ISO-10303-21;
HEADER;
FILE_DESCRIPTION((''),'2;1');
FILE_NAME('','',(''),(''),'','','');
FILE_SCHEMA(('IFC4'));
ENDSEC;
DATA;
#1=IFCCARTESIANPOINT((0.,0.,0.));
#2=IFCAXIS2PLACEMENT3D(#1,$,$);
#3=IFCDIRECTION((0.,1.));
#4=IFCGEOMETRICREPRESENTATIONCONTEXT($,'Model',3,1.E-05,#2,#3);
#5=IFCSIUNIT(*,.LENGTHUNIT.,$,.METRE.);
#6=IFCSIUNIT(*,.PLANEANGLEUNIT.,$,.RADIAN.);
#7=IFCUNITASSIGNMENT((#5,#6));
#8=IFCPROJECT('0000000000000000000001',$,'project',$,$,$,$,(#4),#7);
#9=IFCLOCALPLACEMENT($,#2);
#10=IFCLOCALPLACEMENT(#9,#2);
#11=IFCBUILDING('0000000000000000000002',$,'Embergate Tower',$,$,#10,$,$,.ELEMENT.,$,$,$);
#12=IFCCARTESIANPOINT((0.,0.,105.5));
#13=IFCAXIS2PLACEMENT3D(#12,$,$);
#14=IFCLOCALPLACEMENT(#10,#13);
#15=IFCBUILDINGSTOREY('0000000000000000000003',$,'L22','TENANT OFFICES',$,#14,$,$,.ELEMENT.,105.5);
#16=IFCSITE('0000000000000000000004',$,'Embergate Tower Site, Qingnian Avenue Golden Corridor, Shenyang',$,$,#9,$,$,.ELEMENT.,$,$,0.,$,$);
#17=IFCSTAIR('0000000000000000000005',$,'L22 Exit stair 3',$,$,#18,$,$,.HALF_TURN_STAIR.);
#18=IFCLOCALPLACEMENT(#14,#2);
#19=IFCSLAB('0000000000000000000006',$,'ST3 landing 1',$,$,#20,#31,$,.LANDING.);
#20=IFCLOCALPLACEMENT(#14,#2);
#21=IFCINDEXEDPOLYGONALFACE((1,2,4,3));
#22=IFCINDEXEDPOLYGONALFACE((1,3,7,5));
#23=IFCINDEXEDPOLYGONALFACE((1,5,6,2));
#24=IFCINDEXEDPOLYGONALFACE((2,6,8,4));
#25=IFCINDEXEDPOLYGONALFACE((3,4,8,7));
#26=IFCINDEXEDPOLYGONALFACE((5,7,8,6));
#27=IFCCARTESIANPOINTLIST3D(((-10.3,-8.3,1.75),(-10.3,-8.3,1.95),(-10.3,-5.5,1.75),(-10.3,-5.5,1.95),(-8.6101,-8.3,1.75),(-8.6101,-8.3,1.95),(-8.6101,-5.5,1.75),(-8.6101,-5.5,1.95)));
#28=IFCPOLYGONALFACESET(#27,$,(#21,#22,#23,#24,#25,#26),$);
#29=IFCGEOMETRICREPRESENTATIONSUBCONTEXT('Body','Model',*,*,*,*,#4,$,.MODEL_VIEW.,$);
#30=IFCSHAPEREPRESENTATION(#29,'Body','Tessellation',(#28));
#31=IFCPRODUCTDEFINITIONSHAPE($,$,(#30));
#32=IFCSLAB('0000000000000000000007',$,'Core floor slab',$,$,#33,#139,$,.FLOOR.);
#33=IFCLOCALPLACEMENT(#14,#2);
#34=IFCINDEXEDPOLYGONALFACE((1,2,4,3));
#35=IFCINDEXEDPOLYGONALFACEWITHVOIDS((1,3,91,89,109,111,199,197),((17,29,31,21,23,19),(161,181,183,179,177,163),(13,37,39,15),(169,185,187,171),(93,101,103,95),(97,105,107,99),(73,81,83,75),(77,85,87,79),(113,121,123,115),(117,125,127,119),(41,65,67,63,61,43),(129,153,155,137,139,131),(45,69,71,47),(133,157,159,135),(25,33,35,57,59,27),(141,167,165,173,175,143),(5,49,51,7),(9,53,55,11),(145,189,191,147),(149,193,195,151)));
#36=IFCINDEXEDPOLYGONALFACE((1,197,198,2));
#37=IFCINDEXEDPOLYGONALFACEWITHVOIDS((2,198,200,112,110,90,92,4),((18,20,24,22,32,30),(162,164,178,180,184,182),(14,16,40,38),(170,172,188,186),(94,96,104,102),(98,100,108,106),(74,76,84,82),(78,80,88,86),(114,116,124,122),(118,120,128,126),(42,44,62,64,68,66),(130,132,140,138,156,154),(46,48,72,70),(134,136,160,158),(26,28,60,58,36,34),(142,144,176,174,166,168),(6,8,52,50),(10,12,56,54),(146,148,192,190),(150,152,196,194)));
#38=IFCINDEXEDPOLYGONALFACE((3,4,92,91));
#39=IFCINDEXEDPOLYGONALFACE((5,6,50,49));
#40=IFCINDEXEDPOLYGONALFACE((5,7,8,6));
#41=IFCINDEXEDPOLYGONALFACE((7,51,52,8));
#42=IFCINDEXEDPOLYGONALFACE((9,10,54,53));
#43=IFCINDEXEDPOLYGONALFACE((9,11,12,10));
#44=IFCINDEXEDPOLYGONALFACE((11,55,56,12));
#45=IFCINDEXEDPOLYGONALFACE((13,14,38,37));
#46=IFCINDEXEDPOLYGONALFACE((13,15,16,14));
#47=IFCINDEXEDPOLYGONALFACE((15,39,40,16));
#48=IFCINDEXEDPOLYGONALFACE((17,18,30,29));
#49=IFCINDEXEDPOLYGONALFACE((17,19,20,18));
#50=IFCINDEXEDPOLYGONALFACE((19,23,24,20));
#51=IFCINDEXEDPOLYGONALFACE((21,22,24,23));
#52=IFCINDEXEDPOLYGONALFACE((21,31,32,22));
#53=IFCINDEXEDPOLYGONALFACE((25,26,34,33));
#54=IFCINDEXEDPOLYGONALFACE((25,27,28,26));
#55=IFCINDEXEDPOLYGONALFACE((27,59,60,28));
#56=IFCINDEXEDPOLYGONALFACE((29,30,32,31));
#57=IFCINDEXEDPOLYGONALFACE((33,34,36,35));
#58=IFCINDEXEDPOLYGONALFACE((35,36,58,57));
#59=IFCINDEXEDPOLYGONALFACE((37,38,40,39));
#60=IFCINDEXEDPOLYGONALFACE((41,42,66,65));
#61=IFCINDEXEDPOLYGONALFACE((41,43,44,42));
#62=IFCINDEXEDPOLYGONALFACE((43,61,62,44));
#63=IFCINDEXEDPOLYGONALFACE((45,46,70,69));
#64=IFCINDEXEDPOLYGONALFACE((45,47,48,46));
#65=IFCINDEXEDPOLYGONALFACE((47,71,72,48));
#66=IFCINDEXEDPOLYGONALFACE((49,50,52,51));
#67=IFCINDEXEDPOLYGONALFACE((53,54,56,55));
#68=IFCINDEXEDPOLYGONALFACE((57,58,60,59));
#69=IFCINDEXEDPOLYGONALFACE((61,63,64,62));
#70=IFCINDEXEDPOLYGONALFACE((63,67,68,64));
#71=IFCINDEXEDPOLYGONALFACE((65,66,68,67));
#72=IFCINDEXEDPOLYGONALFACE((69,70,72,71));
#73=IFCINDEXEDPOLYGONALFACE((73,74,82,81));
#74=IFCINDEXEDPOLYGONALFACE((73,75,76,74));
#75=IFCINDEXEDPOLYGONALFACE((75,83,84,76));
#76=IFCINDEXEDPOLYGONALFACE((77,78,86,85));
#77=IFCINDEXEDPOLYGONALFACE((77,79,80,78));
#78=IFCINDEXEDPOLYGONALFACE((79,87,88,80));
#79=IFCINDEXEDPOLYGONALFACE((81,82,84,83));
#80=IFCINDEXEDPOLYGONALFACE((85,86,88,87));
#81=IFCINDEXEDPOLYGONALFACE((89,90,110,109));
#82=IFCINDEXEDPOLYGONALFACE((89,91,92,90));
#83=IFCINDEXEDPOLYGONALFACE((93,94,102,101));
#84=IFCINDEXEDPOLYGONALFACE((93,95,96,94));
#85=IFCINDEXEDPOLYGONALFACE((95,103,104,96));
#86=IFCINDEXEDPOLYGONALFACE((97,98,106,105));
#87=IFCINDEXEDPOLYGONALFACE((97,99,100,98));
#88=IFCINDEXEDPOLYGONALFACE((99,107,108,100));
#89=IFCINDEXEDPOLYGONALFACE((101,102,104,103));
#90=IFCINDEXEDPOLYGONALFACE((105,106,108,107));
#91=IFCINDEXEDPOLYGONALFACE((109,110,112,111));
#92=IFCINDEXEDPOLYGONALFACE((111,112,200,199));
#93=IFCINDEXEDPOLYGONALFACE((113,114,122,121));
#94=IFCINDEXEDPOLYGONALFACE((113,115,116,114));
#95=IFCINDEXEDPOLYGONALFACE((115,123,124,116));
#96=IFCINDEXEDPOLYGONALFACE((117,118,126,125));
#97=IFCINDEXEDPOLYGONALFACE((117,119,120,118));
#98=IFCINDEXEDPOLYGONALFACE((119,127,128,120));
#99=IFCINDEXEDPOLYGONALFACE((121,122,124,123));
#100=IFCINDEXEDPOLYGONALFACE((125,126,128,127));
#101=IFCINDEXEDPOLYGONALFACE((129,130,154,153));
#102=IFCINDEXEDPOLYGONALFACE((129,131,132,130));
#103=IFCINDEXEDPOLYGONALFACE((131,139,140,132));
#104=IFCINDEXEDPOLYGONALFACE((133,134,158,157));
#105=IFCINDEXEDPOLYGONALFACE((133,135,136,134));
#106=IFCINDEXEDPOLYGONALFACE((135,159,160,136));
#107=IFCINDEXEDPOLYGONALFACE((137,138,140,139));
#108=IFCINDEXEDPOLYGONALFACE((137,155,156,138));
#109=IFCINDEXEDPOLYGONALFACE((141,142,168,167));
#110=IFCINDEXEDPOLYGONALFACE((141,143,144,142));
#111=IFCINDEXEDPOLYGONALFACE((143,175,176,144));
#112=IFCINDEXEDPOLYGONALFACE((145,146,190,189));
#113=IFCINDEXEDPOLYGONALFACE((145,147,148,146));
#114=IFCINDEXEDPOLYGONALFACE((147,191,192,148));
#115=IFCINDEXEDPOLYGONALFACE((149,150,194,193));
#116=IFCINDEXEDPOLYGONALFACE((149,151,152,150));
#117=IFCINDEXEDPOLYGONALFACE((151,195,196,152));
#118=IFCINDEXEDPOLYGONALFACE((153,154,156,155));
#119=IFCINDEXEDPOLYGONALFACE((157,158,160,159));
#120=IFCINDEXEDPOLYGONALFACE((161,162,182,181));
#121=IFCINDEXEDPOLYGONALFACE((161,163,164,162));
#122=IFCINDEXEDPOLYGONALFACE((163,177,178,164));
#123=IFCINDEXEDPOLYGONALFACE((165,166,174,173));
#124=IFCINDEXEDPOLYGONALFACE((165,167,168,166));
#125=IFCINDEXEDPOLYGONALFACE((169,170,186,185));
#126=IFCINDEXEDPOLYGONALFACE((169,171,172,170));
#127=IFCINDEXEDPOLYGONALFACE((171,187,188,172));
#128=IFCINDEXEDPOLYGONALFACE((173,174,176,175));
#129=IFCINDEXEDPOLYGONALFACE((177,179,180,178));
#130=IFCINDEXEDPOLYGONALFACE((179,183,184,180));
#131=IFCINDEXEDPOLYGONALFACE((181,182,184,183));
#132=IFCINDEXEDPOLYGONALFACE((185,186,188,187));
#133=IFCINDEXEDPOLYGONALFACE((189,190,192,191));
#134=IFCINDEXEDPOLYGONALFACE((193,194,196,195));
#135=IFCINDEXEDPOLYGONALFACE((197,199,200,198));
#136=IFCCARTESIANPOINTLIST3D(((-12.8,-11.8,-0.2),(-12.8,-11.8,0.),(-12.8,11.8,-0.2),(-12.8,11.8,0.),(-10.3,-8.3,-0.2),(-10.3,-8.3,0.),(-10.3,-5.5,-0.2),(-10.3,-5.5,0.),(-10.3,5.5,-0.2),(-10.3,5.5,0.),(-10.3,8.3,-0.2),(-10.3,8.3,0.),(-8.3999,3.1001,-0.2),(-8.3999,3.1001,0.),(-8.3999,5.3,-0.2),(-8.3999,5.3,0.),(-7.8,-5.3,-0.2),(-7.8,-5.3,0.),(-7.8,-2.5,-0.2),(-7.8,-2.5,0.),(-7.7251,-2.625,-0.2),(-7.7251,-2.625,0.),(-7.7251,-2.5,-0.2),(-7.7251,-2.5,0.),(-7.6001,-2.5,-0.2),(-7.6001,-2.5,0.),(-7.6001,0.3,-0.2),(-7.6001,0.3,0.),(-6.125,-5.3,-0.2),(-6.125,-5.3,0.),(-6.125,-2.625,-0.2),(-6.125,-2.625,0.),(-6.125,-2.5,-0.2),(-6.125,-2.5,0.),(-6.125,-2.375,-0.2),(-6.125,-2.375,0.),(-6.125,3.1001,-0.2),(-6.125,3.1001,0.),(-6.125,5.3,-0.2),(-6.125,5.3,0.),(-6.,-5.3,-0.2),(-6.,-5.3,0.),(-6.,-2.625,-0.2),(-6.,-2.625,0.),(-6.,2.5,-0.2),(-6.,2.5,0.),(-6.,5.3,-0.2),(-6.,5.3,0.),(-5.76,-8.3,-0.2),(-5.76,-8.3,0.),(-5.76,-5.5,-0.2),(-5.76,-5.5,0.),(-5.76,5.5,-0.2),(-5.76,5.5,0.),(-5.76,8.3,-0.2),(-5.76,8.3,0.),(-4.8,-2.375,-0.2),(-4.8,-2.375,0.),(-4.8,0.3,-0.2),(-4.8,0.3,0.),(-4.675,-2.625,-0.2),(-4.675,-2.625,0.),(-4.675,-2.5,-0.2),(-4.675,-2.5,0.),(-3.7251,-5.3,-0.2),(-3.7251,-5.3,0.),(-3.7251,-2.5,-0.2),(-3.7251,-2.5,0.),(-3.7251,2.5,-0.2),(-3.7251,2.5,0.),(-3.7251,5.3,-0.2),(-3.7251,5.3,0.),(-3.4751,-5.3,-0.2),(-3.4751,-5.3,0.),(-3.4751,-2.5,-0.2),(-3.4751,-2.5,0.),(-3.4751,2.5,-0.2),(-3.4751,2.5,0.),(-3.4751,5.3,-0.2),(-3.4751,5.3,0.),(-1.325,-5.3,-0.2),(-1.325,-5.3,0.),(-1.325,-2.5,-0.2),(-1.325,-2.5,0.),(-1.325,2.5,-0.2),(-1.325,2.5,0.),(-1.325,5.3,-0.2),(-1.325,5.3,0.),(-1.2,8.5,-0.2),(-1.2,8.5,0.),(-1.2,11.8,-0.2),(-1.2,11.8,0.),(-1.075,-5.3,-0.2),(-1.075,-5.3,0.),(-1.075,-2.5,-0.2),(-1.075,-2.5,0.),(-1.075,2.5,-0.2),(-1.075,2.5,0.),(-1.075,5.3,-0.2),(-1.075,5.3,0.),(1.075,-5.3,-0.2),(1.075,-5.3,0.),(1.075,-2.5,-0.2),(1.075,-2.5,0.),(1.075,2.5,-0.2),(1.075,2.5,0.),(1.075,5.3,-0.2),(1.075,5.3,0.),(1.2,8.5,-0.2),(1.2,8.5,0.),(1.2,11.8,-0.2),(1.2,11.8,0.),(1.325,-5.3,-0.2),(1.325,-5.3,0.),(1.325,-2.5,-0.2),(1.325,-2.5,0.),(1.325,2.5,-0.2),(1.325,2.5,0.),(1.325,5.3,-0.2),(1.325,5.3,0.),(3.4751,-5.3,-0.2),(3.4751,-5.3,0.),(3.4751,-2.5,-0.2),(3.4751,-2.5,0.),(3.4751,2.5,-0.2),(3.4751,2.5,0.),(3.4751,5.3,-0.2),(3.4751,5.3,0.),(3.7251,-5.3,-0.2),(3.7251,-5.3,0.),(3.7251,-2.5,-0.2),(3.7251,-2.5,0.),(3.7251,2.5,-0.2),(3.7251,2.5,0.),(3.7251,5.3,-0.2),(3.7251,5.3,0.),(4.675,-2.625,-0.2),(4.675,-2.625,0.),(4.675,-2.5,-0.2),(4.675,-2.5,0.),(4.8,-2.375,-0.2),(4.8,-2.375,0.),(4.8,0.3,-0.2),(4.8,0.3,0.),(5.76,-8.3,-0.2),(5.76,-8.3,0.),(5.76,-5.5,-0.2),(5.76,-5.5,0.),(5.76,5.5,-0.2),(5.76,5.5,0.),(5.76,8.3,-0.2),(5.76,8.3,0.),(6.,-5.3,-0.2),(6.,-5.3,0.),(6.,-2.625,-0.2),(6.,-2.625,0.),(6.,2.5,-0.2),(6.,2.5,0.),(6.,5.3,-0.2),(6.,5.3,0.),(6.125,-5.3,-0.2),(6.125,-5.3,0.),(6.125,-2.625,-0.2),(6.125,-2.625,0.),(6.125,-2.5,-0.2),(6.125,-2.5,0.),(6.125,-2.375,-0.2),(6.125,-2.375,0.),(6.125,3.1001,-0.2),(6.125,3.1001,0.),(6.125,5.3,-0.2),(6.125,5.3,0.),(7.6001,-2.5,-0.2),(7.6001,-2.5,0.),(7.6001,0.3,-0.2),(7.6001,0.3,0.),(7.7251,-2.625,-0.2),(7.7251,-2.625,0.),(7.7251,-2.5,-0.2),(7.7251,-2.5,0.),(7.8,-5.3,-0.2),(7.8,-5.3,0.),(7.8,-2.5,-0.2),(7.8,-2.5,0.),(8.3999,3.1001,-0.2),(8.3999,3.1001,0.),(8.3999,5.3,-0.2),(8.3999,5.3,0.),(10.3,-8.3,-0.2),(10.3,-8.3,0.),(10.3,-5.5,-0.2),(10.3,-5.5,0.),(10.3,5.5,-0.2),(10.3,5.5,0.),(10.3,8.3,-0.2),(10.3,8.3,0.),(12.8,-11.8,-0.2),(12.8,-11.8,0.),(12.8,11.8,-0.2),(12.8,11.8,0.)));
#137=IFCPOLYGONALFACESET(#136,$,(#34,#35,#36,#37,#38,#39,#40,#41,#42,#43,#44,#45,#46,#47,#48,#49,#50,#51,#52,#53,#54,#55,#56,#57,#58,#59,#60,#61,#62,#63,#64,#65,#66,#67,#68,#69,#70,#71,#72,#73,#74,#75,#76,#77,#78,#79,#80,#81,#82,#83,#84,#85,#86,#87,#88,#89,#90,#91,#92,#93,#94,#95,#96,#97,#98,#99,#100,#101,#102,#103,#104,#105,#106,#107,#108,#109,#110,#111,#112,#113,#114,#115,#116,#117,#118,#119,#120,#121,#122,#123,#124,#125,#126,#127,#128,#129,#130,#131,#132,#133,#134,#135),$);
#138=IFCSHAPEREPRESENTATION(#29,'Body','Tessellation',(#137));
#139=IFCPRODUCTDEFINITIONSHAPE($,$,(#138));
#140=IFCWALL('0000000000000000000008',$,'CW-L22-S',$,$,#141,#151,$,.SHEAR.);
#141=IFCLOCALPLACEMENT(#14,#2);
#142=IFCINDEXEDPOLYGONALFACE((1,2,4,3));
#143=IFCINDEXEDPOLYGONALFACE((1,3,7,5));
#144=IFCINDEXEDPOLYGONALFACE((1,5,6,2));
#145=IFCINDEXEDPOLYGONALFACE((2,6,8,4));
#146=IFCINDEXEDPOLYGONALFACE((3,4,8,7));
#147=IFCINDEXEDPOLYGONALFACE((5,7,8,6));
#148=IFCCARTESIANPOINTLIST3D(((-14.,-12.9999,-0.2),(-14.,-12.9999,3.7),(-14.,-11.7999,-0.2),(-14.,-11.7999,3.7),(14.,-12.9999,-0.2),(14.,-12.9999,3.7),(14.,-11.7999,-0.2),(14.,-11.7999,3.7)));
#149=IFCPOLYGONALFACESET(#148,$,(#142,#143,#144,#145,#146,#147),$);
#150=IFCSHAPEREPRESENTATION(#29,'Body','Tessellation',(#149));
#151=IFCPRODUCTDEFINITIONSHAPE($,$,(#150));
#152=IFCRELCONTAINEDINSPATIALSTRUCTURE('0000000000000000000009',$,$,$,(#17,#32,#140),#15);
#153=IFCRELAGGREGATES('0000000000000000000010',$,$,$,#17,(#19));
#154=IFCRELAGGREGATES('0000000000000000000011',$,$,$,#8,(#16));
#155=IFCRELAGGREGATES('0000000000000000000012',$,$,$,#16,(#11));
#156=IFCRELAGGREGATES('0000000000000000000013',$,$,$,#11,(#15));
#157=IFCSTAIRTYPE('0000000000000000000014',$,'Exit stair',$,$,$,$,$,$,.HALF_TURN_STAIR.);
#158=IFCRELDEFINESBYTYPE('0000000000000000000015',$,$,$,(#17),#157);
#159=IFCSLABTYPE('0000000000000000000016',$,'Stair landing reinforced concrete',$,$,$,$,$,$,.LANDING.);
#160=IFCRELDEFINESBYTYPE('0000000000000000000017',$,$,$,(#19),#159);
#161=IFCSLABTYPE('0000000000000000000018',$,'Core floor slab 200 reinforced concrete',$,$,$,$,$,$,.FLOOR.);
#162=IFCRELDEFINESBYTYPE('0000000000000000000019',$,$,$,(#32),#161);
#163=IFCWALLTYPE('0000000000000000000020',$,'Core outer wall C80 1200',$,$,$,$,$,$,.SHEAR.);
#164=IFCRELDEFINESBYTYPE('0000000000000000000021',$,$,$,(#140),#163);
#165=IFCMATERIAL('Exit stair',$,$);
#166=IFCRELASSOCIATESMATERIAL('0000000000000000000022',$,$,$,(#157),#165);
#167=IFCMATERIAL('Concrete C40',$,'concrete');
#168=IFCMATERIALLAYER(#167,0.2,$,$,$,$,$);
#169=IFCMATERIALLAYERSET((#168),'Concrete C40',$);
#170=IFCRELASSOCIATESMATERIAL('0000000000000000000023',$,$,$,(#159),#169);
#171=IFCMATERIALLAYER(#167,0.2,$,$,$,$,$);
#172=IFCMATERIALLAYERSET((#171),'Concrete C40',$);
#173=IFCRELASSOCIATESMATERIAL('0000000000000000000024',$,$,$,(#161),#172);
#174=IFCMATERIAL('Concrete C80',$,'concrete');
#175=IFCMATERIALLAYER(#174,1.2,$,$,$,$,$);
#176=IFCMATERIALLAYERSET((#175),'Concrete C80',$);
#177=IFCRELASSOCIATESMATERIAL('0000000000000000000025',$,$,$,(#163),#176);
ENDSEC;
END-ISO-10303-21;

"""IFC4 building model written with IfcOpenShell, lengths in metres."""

from ifc_helpers import new_model, si_unit, direction, frame, frame_2d, origin, place, context, subcontext, project, spatial, polyline, rectangle, outline, extrude, source, transform, mapped, material, layer, layer_set, type_object, element, aggregate, save


model = new_model("IFC4")

# Units and contexts
model_context = context("Model", 3, precision=1e-05, world=origin(), true_north=direction((0.0, 1.0)))
body_context = subcontext(model_context, "Body", "Model", "MODEL_VIEW")
ifc_project = project(units=[si_unit("LENGTHUNIT", "METRE"), si_unit("PLANEANGLEUNIT", "RADIAN")], contexts=[model_context])

# Site, building, storey
site_placement = place(None, origin())
site = spatial("IfcSite", under=ifc_project, at=site_placement, Name="Embergate Tower Site, Qingnian Avenue Golden Corridor, Shenyang", CompositionType="ELEMENT", RefElevation=0.0)
building_placement = place(site_placement, origin())
building = spatial("IfcBuilding", under=site, at=building_placement, Name="Embergate Tower", CompositionType="ELEMENT")
storey_placement = place(building_placement, frame((0.0, 0.0, 105.5)))
storey = spatial("IfcBuildingStorey", under=building, at=storey_placement, Name="L22", Description="TENANT OFFICES", CompositionType="ELEMENT", Elevation=105.5)

# Stair, slab
ifc_material_1 = material(Name="Exit stair")
stair_type = type_object("IfcStairType", Name="Exit stair", PredefinedType="HALF_TURN_STAIR", material=ifc_material_1)
stair_placement = place(storey_placement, origin())
stair = element("IfcStair", 1, at=stair_placement, inside=storey, type_object=stair_type, Name="L22 Exit stair 3", PredefinedType="HALF_TURN_STAIR")
ifc_material_2 = material(Name="Concrete C40", Category="concrete")
ifc_layer_1 = layer(ifc_material_2, 0.2)
ifc_layer_set_1 = layer_set([ifc_layer_1], Name="Concrete C40")
slab_type_1 = type_object("IfcSlabType", Name="Stair landing reinforced concrete", PredefinedType="LANDING", material=ifc_layer_set_1)
shared_shape_1 = source(origin(), body_context, "Body", "SweptSolid", [
    extrude(outline(polyline([(0.0, 0.0), (1.6899, 0.0), (1.6899, 2.8), (0.0, 2.8), (0.0, 0.0)])), origin(), (0.0, 0.0, 1.0), 0.2),
])
slab_1_placement = place(storey_placement, frame((-10.3, -8.3, 1.75)))
slab_1 = element("IfcSlab", 2, at=slab_1_placement, type_object=slab_type_1, Name="ST3 landing 1", PredefinedType="LANDING", context=body_context, shape_type="MappedRepresentation", body=[
    mapped(shared_shape_1, transform((0.0, 0.0, 0.0))),
])

# Slab
ifc_layer_2 = layer(ifc_material_2, 0.2)
ifc_layer_set_2 = layer_set([ifc_layer_2], Name="Concrete C40")
slab_type_2 = type_object("IfcSlabType", Name="Core floor slab 200 reinforced concrete", PredefinedType="FLOOR", material=ifc_layer_set_2)
shared_shape_2 = source(origin(), body_context, "Body", "SweptSolid", [
    extrude(outline(polyline([(0.0, 0.0), (25.6001, 0.0), (25.6001, 23.6001), (14.0, 23.6001), (14.0, 20.3), (11.6001, 20.3), (11.6001, 23.6001), (0.0, 23.6001), (0.0, 0.0)]), holes=[polyline([(2.5, 3.5), (2.5, 6.3), (7.04, 6.3), (7.04, 3.5), (2.5, 3.5)]), polyline([(18.5601, 3.5), (18.5601, 6.3), (23.1001, 6.3), (23.1001, 3.5), (18.5601, 3.5)]), polyline([(5.0, 6.5), (5.0, 9.3), (5.075, 9.3), (5.075, 9.175), (6.675, 9.175), (6.675, 6.5), (5.0, 6.5)]), polyline([(6.8, 6.5), (6.8, 9.175), (8.125, 9.175), (8.125, 9.3), (9.075, 9.3), (9.075, 6.5), (6.8, 6.5)]), polyline([(9.325, 6.5), (9.325, 9.3), (11.4751, 9.3), (11.4751, 6.5), (9.325, 6.5)]), polyline([(11.7251, 6.5), (11.7251, 9.3), (13.875, 9.3), (13.875, 6.5), (11.7251, 6.5)]), polyline([(14.125, 6.5), (14.125, 9.3), (16.2751, 9.3), (16.2751, 6.5), (14.125, 6.5)]), polyline([(16.5251, 6.5), (16.5251, 9.3), (17.4751, 9.3), (17.4751, 9.175), (18.8, 9.175), (18.8, 6.5), (16.5251, 6.5)]), polyline([(18.925, 6.5), (18.925, 9.175), (20.5251, 9.175), (20.5251, 9.3), (20.6001, 9.3), (20.6001, 6.5), (18.925, 6.5)]), polyline([(5.2, 9.3), (5.2, 12.1001), (8.0, 12.1001), (8.0, 9.425), (6.675, 9.425), (6.675, 9.3), (5.2, 9.3)]), polyline([(18.925, 9.3), (18.925, 9.425), (17.6001, 9.425), (17.6001, 12.1001), (20.4001, 12.1001), (20.4001, 9.3), (18.925, 9.3)]), polyline([(6.8, 14.3), (6.8, 17.1001), (9.075, 17.1001), (9.075, 14.3), (6.8, 14.3)]), polyline([(9.325, 14.3), (9.325, 17.1001), (11.4751, 17.1001), (11.4751, 14.3), (9.325, 14.3)]), polyline([(11.7251, 14.3), (11.7251, 17.1001), (13.875, 17.1001), (13.875, 14.3), (11.7251, 14.3)]), polyline([(14.125, 14.3), (14.125, 17.1001), (16.2751, 17.1001), (16.2751, 14.3), (14.125, 14.3)]), polyline([(16.5251, 14.3), (16.5251, 17.1001), (18.8, 17.1001), (18.8, 14.3), (16.5251, 14.3)]), polyline([(4.4001, 14.9001), (4.4001, 17.1001), (6.675, 17.1001), (6.675, 14.9001), (4.4001, 14.9001)]), polyline([(18.925, 14.9001), (18.925, 17.1001), (21.2, 17.1001), (21.2, 14.9001), (18.925, 14.9001)]), polyline([(2.5, 17.3), (2.5, 20.1001), (7.04, 20.1001), (7.04, 17.3), (2.5, 17.3)]), polyline([(18.5601, 17.3), (18.5601, 20.1001), (23.1001, 20.1001), (23.1001, 17.3), (18.5601, 17.3)])]), origin(), (0.0, 0.0, 1.0), 0.2),
])
slab_2_placement = place(storey_placement, frame((-12.8, -11.8, -0.2)))
element("IfcSlab", 3, at=slab_2_placement, inside=storey, type_object=slab_type_2, Name="Core floor slab", PredefinedType="FLOOR", context=body_context, shape_type="MappedRepresentation", body=[
    mapped(shared_shape_2, transform((0.0, 0.0, 0.0))),
])

# Wall
ifc_material_3 = material(Name="Concrete C80", Category="concrete")
ifc_layer_3 = layer(ifc_material_3, 1.2)
ifc_layer_set_3 = layer_set([ifc_layer_3], Name="Concrete C80")
wall_type_1 = type_object("IfcWallType", Name="Core outer wall C80 1200", PredefinedType="SHEAR", material=ifc_layer_set_3)
shared_shape_3 = source(origin(), body_context, "Body", "SweptSolid", [
    extrude(rectangle(XDim=28.0, YDim=1.2, at=frame_2d((14.0, 0.0))), origin(), (0.0, 0.0, 1.0), 3.8999),
])
wall_1_placement = place(storey_placement, frame((-14.0, -12.3999, -0.2), z_axis=(0.0, 0.0, 1.0), x_axis=(1.0, 0.0, 0.0)))
element("IfcWall", 4, at=wall_1_placement, inside=storey, type_object=wall_type_1, Name="CW-L22-S", PredefinedType="SHEAR", context=body_context, shape_type="MappedRepresentation", body=[
    mapped(shared_shape_3, transform((0.0, 0.0, 0.0))),
])

aggregate(stair, [slab_1])

save(model, "model.ifc")
